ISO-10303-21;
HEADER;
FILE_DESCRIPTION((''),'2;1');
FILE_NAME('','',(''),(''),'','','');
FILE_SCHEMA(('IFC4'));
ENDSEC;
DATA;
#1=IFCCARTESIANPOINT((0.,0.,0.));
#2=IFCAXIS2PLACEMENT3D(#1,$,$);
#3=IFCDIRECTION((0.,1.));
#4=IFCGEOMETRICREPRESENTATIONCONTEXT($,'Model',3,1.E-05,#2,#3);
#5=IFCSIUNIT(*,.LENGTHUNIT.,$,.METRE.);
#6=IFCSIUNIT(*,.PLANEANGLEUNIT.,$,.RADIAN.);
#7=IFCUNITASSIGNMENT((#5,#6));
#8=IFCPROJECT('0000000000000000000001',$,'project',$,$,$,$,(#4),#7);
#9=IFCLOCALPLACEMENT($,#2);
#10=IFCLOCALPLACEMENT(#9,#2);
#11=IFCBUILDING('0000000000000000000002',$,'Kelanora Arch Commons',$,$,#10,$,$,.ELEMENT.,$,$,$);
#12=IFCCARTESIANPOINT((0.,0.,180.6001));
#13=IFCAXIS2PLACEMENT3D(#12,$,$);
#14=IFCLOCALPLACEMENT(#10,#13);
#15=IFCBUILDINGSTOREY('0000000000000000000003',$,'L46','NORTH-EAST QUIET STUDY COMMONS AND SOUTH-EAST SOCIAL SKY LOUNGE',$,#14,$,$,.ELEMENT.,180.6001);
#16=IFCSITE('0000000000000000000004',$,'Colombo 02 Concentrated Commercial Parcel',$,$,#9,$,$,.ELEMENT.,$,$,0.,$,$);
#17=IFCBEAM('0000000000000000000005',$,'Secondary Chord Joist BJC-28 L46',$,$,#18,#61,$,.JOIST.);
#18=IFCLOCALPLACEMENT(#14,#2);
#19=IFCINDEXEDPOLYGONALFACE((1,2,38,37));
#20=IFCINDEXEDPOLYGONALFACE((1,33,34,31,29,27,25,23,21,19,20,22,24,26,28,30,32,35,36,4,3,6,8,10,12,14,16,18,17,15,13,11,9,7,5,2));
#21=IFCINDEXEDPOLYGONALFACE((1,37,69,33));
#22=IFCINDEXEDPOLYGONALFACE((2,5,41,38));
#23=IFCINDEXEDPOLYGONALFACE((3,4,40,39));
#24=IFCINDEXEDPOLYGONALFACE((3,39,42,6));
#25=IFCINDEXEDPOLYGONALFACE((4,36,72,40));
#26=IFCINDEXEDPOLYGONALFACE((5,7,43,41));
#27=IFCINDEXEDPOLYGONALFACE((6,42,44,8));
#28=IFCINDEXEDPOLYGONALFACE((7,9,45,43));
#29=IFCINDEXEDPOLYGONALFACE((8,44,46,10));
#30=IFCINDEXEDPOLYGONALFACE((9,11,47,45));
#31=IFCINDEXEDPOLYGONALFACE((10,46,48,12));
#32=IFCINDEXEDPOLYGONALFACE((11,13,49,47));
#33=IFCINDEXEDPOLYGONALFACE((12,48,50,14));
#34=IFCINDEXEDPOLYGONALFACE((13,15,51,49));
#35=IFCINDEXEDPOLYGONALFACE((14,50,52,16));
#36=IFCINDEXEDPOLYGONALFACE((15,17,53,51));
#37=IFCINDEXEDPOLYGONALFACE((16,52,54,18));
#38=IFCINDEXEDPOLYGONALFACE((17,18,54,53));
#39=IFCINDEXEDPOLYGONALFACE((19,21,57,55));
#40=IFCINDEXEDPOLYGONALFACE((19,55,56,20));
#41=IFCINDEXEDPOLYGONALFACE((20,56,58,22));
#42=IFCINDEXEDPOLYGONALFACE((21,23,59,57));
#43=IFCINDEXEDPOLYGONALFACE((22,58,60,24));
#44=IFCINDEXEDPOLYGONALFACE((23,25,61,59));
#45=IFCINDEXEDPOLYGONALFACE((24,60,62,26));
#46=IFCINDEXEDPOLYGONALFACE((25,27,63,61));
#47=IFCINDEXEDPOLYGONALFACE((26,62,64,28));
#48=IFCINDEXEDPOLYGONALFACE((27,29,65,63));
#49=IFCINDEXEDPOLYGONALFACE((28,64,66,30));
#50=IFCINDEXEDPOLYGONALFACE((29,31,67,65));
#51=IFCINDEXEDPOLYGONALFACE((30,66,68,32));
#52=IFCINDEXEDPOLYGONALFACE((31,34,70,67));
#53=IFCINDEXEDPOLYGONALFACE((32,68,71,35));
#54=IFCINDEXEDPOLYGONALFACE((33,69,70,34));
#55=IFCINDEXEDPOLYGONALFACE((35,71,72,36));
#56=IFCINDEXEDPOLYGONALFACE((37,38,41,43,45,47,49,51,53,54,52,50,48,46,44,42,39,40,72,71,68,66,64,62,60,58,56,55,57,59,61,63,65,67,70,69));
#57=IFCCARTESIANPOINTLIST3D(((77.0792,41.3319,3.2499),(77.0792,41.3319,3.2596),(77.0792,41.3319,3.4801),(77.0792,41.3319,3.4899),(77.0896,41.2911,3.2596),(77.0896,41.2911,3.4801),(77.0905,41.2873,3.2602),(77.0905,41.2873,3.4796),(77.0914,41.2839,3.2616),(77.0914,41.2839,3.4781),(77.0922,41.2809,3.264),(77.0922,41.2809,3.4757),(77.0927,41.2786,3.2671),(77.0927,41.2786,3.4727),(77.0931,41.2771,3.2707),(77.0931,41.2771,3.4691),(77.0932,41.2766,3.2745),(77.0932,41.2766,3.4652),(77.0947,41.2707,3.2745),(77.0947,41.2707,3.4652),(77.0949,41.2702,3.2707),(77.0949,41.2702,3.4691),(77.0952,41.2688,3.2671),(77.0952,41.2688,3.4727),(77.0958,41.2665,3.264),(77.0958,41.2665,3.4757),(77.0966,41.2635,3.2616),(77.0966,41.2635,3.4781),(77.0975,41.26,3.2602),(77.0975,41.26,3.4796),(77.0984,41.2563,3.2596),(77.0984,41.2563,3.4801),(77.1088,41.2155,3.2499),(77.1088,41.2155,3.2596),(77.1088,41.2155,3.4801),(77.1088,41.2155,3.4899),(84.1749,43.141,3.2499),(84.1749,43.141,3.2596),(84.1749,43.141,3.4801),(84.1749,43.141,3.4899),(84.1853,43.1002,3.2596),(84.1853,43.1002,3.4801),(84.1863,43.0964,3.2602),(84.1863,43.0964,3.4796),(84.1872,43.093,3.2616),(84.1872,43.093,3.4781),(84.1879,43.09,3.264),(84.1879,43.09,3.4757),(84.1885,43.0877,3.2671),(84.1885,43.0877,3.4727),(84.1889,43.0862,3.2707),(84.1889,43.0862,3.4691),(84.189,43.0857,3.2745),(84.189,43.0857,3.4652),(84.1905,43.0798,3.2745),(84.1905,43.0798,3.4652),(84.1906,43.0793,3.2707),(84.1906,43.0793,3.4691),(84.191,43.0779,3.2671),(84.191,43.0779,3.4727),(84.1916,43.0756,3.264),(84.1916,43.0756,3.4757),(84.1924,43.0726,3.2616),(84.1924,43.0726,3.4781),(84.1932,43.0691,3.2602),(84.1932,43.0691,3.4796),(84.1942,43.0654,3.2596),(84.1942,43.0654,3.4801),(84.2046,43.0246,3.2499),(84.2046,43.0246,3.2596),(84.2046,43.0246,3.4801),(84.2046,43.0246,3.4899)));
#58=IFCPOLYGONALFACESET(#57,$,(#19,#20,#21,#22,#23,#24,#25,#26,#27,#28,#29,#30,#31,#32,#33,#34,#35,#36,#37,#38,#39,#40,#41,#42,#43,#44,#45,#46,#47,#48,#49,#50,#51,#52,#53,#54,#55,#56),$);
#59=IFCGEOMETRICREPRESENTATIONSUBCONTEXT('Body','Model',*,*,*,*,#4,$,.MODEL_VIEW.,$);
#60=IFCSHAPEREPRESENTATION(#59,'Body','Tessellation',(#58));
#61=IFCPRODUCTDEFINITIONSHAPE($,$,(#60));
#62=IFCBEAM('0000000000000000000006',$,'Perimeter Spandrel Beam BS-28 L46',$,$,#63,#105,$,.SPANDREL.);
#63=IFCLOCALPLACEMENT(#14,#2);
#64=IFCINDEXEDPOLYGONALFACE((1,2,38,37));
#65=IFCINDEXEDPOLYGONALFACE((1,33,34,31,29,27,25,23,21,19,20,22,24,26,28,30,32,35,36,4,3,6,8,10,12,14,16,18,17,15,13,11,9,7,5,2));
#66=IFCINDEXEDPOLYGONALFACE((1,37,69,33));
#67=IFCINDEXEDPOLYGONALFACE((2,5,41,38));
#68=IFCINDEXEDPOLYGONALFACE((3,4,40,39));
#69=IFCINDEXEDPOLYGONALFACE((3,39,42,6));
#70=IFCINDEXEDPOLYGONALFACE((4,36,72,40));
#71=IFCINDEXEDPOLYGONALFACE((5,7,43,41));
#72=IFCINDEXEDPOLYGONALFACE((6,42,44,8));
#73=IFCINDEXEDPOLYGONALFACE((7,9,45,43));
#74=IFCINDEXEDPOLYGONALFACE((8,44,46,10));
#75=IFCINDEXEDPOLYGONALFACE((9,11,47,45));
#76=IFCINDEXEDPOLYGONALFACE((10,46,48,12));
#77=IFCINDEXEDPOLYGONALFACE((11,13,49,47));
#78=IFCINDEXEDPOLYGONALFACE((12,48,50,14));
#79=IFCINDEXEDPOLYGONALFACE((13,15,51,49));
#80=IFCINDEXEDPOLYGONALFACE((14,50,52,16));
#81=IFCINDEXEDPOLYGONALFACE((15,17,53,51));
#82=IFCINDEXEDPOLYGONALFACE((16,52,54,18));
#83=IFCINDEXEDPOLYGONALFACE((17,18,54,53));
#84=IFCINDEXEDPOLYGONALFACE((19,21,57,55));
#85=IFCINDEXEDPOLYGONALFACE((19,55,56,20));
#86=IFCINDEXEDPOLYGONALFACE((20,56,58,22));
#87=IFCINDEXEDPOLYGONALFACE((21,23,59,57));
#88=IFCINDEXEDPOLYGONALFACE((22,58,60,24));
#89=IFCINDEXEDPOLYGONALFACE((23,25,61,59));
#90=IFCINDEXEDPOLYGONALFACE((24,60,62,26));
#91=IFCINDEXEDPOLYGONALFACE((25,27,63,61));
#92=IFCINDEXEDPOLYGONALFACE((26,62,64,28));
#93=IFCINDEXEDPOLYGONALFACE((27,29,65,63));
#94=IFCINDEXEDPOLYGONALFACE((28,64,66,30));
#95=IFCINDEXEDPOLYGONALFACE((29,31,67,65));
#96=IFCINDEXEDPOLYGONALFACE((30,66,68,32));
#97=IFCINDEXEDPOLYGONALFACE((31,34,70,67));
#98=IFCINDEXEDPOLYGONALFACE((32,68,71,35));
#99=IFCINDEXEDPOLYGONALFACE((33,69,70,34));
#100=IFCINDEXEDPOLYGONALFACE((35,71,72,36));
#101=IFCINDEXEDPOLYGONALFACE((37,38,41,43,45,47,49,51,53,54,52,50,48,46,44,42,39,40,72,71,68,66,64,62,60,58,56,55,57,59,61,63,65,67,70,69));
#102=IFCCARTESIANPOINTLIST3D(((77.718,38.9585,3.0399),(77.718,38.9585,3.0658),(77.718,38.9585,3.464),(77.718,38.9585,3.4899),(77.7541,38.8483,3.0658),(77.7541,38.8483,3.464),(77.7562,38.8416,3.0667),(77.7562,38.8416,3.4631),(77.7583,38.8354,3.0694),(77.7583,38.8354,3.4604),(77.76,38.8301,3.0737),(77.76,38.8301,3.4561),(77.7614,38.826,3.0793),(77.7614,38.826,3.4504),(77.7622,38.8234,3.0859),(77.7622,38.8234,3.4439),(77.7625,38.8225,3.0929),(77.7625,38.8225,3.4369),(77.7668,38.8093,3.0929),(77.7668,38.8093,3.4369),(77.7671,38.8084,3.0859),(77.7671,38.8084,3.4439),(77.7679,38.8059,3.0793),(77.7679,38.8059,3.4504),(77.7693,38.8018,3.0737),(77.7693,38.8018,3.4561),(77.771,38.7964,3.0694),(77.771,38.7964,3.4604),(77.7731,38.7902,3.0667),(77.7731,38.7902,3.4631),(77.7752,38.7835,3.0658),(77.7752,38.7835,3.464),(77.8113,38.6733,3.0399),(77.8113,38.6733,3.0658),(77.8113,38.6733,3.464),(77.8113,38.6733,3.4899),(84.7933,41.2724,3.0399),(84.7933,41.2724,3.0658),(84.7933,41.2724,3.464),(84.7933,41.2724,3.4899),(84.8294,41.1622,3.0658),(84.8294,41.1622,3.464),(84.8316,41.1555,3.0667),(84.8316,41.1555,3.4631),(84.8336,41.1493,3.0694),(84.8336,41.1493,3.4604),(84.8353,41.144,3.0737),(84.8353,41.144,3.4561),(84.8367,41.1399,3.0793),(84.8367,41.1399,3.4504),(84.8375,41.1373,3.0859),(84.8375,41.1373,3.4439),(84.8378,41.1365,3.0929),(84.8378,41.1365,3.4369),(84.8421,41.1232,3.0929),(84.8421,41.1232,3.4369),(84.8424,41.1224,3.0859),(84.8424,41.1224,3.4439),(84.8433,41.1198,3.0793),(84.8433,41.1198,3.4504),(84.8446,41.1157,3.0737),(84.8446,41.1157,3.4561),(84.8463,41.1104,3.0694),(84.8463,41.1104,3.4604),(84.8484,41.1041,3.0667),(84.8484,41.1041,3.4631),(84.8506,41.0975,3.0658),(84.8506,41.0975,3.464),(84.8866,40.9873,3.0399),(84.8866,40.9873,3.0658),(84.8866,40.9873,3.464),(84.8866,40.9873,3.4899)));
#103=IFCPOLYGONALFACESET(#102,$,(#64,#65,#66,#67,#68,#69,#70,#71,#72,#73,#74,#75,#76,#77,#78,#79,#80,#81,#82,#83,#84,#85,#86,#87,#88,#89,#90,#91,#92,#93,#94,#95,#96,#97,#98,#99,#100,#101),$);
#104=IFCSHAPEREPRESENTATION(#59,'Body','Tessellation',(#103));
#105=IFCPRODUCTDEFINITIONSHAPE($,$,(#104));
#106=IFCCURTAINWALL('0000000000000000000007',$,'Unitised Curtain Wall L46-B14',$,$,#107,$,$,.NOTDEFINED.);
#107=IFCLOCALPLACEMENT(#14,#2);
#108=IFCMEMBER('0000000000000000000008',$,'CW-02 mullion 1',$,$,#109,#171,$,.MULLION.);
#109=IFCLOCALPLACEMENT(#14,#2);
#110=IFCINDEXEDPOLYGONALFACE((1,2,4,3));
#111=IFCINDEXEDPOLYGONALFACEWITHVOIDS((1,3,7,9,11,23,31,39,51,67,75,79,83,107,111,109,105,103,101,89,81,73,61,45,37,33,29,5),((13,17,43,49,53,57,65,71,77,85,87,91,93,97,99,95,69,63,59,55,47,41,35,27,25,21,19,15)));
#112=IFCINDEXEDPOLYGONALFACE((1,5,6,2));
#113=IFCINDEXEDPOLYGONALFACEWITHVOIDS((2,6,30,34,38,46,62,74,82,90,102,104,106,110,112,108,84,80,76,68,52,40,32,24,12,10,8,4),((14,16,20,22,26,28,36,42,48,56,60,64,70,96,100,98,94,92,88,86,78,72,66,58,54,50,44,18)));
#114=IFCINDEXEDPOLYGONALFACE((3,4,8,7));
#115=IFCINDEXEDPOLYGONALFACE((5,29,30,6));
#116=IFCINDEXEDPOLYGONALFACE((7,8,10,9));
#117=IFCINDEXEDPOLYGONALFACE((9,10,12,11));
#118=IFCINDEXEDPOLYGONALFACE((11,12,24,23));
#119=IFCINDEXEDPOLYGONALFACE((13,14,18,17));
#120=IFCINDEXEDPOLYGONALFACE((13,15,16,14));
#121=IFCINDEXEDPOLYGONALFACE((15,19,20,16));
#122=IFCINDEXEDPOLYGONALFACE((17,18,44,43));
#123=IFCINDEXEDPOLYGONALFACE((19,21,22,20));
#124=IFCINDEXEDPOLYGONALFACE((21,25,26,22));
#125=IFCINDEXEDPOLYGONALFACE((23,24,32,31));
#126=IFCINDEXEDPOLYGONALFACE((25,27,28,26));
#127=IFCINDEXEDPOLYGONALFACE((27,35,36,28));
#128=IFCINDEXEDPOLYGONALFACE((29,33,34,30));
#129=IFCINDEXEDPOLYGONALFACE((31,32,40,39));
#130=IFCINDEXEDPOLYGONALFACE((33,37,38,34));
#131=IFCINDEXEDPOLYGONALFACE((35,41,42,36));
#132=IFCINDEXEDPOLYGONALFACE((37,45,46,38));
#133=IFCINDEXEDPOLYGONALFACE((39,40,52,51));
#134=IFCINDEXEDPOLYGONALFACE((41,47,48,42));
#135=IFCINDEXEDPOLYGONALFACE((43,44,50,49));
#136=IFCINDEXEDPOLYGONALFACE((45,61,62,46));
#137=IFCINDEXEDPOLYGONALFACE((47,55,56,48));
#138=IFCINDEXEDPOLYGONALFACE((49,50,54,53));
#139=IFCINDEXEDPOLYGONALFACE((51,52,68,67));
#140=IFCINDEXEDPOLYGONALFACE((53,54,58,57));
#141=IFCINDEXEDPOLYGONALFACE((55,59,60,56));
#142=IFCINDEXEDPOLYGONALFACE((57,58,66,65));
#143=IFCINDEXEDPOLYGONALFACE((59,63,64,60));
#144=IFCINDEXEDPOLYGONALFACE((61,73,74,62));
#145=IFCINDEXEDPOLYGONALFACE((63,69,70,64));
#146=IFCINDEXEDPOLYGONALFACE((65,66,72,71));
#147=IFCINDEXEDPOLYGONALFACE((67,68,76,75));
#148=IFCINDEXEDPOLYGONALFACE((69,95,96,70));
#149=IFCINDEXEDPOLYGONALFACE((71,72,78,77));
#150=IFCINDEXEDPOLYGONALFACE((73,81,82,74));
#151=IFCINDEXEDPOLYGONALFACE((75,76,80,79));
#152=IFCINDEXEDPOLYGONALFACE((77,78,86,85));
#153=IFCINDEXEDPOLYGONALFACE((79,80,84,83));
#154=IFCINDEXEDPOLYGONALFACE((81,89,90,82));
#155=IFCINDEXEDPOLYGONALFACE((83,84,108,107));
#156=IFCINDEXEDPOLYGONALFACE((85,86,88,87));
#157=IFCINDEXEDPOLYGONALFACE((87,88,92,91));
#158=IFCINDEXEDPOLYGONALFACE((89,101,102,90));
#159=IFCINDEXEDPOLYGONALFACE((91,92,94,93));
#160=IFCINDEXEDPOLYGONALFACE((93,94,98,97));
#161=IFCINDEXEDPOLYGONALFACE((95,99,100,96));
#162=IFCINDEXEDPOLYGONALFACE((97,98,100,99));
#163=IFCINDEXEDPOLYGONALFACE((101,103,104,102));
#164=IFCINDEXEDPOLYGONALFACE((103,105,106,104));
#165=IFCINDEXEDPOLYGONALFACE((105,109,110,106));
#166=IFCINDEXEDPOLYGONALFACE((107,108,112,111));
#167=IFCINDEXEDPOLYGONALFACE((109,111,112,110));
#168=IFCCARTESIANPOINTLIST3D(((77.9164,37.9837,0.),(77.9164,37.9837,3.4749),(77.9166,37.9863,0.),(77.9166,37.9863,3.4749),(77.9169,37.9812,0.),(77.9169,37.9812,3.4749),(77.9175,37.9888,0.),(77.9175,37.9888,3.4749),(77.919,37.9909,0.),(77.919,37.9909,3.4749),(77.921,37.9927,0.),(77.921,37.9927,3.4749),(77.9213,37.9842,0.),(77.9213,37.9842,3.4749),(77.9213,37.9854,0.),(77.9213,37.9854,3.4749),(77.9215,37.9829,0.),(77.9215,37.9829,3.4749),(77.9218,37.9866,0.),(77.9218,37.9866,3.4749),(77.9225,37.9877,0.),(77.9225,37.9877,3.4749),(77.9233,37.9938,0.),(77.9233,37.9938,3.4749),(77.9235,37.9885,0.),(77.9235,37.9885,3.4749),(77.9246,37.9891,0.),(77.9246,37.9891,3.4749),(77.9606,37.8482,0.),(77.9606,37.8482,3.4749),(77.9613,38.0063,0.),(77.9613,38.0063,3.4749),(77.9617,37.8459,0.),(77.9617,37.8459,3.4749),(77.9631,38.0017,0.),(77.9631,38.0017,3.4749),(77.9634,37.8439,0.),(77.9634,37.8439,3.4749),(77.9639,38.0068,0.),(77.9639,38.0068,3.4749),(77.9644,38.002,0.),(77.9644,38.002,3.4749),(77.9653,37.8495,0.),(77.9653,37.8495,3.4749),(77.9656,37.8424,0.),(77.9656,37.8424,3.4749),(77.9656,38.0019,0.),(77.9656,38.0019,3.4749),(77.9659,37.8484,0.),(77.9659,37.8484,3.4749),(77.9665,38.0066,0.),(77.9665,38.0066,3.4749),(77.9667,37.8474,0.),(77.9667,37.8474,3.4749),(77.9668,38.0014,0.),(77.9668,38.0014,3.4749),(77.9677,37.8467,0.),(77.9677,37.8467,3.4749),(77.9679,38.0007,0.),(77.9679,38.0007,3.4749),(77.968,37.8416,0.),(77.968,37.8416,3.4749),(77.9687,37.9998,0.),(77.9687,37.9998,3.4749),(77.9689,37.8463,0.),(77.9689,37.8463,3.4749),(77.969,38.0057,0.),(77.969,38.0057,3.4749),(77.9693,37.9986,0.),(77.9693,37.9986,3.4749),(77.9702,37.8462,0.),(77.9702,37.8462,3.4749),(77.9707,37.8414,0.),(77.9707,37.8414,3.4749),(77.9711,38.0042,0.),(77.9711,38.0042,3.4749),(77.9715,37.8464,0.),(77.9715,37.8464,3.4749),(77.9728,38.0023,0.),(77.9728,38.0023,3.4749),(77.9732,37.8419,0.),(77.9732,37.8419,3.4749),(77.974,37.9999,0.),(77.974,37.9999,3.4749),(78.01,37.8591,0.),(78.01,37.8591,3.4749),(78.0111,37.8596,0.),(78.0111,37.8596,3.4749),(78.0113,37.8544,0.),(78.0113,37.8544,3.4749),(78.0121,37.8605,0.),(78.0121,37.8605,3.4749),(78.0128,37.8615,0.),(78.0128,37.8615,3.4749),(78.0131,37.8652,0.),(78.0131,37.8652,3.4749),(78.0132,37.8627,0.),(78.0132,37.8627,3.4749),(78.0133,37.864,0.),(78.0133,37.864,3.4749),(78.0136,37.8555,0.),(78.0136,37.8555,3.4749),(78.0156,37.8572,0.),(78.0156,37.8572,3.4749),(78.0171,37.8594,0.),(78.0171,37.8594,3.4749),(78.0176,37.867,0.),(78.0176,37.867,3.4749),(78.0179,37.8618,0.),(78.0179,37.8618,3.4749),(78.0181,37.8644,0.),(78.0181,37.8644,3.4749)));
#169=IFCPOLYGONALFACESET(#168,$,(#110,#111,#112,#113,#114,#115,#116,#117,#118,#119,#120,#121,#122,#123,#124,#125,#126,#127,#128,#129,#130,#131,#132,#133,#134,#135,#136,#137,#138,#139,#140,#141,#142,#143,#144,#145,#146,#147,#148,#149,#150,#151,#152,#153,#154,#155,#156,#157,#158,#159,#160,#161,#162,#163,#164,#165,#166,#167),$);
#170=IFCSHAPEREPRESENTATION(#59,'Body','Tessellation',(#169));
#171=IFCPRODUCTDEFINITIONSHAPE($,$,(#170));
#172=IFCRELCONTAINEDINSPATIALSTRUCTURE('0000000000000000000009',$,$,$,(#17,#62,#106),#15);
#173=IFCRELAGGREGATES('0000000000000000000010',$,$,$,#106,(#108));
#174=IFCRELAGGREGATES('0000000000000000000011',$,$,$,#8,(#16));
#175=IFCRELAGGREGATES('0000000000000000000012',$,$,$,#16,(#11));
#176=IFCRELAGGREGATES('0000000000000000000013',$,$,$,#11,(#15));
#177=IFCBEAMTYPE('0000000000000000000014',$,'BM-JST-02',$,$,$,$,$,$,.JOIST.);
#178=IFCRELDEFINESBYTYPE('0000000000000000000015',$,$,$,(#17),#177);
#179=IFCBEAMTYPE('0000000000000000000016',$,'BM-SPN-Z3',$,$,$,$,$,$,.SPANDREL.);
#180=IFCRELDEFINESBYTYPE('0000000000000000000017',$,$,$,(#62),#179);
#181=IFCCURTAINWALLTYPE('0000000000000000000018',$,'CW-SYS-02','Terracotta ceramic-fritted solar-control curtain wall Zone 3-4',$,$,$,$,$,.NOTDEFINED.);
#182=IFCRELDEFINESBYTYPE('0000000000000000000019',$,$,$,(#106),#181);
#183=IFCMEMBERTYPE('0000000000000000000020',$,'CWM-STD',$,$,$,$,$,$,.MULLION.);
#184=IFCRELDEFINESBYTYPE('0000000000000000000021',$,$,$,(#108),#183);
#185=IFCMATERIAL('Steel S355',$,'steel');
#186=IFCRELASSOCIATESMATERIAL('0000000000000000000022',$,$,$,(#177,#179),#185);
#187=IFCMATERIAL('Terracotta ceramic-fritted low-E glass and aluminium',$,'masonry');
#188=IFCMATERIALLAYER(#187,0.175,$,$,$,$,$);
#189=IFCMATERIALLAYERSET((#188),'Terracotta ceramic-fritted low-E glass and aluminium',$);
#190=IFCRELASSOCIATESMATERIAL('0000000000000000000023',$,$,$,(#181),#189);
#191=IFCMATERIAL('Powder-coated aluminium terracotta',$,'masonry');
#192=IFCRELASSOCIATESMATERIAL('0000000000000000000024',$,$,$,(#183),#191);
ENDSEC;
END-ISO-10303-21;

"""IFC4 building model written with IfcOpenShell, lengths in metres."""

from ifc_helpers import new_model, si_unit, direction, frame, origin, origin_2d, place, context, subcontext, project, spatial, hollow_rectangle, i_section, extrude, material, layer, layer_set, material_profile, profile_set, type_object, element, aggregate, save


model = new_model("IFC4")

# Units and contexts
model_context = context("Model", 3, precision=1e-05, world=origin(), true_north=direction((0.0, 1.0)))
body_context = subcontext(model_context, "Body", "Model", "MODEL_VIEW")
ifc_project = project(units=[si_unit("LENGTHUNIT", "METRE"), si_unit("PLANEANGLEUNIT", "RADIAN")], contexts=[model_context])

# Site, building, storey
site_placement = place(None, origin())
site = spatial("IfcSite", under=ifc_project, at=site_placement, Name="Colombo 02 Concentrated Commercial Parcel", CompositionType="ELEMENT", RefElevation=0.0)
building_placement = place(site_placement, origin())
building = spatial("IfcBuilding", under=site, at=building_placement, Name="Kelanora Arch Commons", CompositionType="ELEMENT")
storey_placement = place(building_placement, frame((0.0, 0.0, 180.6001)))
storey = spatial("IfcBuildingStorey", under=building, at=storey_placement, Name="L46", Description="NORTH-EAST QUIET STUDY COMMONS AND SOUTH-EAST SOCIAL SKY LOUNGE", CompositionType="ELEMENT", Elevation=180.6001)

# Beams
ifc_material_1 = material(Name="Steel S355", Category="steel")
ifc_material_profile_1 = material_profile(ifc_material_1, i_section(OverallWidth=0.1201, OverallDepth=0.24, WebThickness=0.0061, FlangeThickness=0.0098, FilletRadius=0.0149, at=origin_2d()), Name="IPE240")
ifc_profile_set_1 = profile_set([ifc_material_profile_1], Name="Steel S355")
beam_type_1 = type_object("IfcBeamType", Name="BM-JST-02", PredefinedType="JOIST", material=ifc_profile_set_1)
beam_1_placement = place(storey_placement, frame((77.094, 41.2737, 3.3699), z_axis=(0.969002, 0.247052, 0.0), x_axis=(-0.247052, 0.969002, 0.0)))
element("IfcBeam", 1, at=beam_1_placement, inside=storey, type_object=beam_type_1, Name="Secondary Chord Joist BJC-28 L46", PredefinedType="JOIST", context=body_context, shape_type="SweptSolid", body=[
    extrude(i_section(OverallWidth=0.1201, OverallDepth=0.24, WebThickness=0.0061, FlangeThickness=0.0098, FilletRadius=0.0149, at=origin_2d()), origin(), (0.0, 0.0, 1.0), 7.3228),
])
ifc_material_profile_2 = material_profile(ifc_material_1, i_section(OverallWidth=0.3, OverallDepth=0.45, WebThickness=0.0139, FlangeThickness=0.0259, FilletRadius=0.0271, at=origin_2d()), Name="HEB450")
ifc_profile_set_2 = profile_set([ifc_material_profile_2], Name="Steel S355")
beam_type_2 = type_object("IfcBeamType", Name="BM-SPN-Z3", PredefinedType="SPANDREL", material=ifc_profile_set_2)
beam_2_placement = place(storey_placement, frame((77.7646, 38.8159, 3.2649), z_axis=(0.950462, 0.310841, 0.0), x_axis=(-0.310841, 0.950462, 0.0)))
element("IfcBeam", 2, at=beam_2_placement, inside=storey, type_object=beam_type_2, Name="Perimeter Spandrel Beam BS-28 L46", PredefinedType="SPANDREL", context=body_context, shape_type="SweptSolid", body=[
    extrude(i_section(OverallWidth=0.3, OverallDepth=0.45, WebThickness=0.0139, FlangeThickness=0.0259, FilletRadius=0.0271, at=origin_2d()), origin(), (0.0, 0.0, 1.0), 7.4441),
])

# Curtain wall, member
ifc_material_2 = material(Name="Terracotta ceramic-fritted low-E glass and aluminium", Category="masonry")
ifc_layer_1 = layer(ifc_material_2, 0.175)
ifc_layer_set_1 = layer_set([ifc_layer_1], Name="Terracotta ceramic-fritted low-E glass and aluminium")
curtain_wall_type = type_object("IfcCurtainWallType", Name="CW-SYS-02", Description="Terracotta ceramic-fritted solar-control curtain wall Zone 3-4", PredefinedType="NOTDEFINED", material=ifc_layer_set_1)
curtain_wall_placement = place(storey_placement, origin())
curtain_wall = element("IfcCurtainWall", 3, at=curtain_wall_placement, inside=storey, type_object=curtain_wall_type, Name="Unitised Curtain Wall L46-B14", PredefinedType="NOTDEFINED")
ifc_material_3 = material(Name="Powder-coated aluminium terracotta", Category="masonry")
ifc_material_profile_3 = material_profile(ifc_material_3, hollow_rectangle(XDim=0.1599, YDim=0.0601, WallThickness=0.0049, InnerFilletRadius=0.0049, OuterFilletRadius=0.01, at=origin_2d()), Name="CWM160x60")
ifc_profile_set_3 = profile_set([ifc_material_profile_3], Name="Powder-coated aluminium terracotta")
member_type_1 = type_object("IfcMemberType", Name="CWM-STD", PredefinedType="MULLION", material=ifc_profile_set_3)
member_1_placement = place(storey_placement, frame((77.9673, 37.9241, 0.0), z_axis=(0.0, 0.0, 1.0), x_axis=(-0.312128, 0.95004, 0.0)))
member_1 = element("IfcMember", 4, at=member_1_placement, type_object=member_type_1, Name="CW-02 mullion 1", PredefinedType="MULLION", context=body_context, shape_type="SweptSolid", body=[
    extrude(hollow_rectangle(XDim=0.1599, YDim=0.0601, WallThickness=0.0049, InnerFilletRadius=0.0049, OuterFilletRadius=0.01, at=origin_2d()), origin(), (0.0, 0.0, 1.0), 3.4749),
])
aggregate(curtain_wall, [member_1])

save(model, "model.ifc")
